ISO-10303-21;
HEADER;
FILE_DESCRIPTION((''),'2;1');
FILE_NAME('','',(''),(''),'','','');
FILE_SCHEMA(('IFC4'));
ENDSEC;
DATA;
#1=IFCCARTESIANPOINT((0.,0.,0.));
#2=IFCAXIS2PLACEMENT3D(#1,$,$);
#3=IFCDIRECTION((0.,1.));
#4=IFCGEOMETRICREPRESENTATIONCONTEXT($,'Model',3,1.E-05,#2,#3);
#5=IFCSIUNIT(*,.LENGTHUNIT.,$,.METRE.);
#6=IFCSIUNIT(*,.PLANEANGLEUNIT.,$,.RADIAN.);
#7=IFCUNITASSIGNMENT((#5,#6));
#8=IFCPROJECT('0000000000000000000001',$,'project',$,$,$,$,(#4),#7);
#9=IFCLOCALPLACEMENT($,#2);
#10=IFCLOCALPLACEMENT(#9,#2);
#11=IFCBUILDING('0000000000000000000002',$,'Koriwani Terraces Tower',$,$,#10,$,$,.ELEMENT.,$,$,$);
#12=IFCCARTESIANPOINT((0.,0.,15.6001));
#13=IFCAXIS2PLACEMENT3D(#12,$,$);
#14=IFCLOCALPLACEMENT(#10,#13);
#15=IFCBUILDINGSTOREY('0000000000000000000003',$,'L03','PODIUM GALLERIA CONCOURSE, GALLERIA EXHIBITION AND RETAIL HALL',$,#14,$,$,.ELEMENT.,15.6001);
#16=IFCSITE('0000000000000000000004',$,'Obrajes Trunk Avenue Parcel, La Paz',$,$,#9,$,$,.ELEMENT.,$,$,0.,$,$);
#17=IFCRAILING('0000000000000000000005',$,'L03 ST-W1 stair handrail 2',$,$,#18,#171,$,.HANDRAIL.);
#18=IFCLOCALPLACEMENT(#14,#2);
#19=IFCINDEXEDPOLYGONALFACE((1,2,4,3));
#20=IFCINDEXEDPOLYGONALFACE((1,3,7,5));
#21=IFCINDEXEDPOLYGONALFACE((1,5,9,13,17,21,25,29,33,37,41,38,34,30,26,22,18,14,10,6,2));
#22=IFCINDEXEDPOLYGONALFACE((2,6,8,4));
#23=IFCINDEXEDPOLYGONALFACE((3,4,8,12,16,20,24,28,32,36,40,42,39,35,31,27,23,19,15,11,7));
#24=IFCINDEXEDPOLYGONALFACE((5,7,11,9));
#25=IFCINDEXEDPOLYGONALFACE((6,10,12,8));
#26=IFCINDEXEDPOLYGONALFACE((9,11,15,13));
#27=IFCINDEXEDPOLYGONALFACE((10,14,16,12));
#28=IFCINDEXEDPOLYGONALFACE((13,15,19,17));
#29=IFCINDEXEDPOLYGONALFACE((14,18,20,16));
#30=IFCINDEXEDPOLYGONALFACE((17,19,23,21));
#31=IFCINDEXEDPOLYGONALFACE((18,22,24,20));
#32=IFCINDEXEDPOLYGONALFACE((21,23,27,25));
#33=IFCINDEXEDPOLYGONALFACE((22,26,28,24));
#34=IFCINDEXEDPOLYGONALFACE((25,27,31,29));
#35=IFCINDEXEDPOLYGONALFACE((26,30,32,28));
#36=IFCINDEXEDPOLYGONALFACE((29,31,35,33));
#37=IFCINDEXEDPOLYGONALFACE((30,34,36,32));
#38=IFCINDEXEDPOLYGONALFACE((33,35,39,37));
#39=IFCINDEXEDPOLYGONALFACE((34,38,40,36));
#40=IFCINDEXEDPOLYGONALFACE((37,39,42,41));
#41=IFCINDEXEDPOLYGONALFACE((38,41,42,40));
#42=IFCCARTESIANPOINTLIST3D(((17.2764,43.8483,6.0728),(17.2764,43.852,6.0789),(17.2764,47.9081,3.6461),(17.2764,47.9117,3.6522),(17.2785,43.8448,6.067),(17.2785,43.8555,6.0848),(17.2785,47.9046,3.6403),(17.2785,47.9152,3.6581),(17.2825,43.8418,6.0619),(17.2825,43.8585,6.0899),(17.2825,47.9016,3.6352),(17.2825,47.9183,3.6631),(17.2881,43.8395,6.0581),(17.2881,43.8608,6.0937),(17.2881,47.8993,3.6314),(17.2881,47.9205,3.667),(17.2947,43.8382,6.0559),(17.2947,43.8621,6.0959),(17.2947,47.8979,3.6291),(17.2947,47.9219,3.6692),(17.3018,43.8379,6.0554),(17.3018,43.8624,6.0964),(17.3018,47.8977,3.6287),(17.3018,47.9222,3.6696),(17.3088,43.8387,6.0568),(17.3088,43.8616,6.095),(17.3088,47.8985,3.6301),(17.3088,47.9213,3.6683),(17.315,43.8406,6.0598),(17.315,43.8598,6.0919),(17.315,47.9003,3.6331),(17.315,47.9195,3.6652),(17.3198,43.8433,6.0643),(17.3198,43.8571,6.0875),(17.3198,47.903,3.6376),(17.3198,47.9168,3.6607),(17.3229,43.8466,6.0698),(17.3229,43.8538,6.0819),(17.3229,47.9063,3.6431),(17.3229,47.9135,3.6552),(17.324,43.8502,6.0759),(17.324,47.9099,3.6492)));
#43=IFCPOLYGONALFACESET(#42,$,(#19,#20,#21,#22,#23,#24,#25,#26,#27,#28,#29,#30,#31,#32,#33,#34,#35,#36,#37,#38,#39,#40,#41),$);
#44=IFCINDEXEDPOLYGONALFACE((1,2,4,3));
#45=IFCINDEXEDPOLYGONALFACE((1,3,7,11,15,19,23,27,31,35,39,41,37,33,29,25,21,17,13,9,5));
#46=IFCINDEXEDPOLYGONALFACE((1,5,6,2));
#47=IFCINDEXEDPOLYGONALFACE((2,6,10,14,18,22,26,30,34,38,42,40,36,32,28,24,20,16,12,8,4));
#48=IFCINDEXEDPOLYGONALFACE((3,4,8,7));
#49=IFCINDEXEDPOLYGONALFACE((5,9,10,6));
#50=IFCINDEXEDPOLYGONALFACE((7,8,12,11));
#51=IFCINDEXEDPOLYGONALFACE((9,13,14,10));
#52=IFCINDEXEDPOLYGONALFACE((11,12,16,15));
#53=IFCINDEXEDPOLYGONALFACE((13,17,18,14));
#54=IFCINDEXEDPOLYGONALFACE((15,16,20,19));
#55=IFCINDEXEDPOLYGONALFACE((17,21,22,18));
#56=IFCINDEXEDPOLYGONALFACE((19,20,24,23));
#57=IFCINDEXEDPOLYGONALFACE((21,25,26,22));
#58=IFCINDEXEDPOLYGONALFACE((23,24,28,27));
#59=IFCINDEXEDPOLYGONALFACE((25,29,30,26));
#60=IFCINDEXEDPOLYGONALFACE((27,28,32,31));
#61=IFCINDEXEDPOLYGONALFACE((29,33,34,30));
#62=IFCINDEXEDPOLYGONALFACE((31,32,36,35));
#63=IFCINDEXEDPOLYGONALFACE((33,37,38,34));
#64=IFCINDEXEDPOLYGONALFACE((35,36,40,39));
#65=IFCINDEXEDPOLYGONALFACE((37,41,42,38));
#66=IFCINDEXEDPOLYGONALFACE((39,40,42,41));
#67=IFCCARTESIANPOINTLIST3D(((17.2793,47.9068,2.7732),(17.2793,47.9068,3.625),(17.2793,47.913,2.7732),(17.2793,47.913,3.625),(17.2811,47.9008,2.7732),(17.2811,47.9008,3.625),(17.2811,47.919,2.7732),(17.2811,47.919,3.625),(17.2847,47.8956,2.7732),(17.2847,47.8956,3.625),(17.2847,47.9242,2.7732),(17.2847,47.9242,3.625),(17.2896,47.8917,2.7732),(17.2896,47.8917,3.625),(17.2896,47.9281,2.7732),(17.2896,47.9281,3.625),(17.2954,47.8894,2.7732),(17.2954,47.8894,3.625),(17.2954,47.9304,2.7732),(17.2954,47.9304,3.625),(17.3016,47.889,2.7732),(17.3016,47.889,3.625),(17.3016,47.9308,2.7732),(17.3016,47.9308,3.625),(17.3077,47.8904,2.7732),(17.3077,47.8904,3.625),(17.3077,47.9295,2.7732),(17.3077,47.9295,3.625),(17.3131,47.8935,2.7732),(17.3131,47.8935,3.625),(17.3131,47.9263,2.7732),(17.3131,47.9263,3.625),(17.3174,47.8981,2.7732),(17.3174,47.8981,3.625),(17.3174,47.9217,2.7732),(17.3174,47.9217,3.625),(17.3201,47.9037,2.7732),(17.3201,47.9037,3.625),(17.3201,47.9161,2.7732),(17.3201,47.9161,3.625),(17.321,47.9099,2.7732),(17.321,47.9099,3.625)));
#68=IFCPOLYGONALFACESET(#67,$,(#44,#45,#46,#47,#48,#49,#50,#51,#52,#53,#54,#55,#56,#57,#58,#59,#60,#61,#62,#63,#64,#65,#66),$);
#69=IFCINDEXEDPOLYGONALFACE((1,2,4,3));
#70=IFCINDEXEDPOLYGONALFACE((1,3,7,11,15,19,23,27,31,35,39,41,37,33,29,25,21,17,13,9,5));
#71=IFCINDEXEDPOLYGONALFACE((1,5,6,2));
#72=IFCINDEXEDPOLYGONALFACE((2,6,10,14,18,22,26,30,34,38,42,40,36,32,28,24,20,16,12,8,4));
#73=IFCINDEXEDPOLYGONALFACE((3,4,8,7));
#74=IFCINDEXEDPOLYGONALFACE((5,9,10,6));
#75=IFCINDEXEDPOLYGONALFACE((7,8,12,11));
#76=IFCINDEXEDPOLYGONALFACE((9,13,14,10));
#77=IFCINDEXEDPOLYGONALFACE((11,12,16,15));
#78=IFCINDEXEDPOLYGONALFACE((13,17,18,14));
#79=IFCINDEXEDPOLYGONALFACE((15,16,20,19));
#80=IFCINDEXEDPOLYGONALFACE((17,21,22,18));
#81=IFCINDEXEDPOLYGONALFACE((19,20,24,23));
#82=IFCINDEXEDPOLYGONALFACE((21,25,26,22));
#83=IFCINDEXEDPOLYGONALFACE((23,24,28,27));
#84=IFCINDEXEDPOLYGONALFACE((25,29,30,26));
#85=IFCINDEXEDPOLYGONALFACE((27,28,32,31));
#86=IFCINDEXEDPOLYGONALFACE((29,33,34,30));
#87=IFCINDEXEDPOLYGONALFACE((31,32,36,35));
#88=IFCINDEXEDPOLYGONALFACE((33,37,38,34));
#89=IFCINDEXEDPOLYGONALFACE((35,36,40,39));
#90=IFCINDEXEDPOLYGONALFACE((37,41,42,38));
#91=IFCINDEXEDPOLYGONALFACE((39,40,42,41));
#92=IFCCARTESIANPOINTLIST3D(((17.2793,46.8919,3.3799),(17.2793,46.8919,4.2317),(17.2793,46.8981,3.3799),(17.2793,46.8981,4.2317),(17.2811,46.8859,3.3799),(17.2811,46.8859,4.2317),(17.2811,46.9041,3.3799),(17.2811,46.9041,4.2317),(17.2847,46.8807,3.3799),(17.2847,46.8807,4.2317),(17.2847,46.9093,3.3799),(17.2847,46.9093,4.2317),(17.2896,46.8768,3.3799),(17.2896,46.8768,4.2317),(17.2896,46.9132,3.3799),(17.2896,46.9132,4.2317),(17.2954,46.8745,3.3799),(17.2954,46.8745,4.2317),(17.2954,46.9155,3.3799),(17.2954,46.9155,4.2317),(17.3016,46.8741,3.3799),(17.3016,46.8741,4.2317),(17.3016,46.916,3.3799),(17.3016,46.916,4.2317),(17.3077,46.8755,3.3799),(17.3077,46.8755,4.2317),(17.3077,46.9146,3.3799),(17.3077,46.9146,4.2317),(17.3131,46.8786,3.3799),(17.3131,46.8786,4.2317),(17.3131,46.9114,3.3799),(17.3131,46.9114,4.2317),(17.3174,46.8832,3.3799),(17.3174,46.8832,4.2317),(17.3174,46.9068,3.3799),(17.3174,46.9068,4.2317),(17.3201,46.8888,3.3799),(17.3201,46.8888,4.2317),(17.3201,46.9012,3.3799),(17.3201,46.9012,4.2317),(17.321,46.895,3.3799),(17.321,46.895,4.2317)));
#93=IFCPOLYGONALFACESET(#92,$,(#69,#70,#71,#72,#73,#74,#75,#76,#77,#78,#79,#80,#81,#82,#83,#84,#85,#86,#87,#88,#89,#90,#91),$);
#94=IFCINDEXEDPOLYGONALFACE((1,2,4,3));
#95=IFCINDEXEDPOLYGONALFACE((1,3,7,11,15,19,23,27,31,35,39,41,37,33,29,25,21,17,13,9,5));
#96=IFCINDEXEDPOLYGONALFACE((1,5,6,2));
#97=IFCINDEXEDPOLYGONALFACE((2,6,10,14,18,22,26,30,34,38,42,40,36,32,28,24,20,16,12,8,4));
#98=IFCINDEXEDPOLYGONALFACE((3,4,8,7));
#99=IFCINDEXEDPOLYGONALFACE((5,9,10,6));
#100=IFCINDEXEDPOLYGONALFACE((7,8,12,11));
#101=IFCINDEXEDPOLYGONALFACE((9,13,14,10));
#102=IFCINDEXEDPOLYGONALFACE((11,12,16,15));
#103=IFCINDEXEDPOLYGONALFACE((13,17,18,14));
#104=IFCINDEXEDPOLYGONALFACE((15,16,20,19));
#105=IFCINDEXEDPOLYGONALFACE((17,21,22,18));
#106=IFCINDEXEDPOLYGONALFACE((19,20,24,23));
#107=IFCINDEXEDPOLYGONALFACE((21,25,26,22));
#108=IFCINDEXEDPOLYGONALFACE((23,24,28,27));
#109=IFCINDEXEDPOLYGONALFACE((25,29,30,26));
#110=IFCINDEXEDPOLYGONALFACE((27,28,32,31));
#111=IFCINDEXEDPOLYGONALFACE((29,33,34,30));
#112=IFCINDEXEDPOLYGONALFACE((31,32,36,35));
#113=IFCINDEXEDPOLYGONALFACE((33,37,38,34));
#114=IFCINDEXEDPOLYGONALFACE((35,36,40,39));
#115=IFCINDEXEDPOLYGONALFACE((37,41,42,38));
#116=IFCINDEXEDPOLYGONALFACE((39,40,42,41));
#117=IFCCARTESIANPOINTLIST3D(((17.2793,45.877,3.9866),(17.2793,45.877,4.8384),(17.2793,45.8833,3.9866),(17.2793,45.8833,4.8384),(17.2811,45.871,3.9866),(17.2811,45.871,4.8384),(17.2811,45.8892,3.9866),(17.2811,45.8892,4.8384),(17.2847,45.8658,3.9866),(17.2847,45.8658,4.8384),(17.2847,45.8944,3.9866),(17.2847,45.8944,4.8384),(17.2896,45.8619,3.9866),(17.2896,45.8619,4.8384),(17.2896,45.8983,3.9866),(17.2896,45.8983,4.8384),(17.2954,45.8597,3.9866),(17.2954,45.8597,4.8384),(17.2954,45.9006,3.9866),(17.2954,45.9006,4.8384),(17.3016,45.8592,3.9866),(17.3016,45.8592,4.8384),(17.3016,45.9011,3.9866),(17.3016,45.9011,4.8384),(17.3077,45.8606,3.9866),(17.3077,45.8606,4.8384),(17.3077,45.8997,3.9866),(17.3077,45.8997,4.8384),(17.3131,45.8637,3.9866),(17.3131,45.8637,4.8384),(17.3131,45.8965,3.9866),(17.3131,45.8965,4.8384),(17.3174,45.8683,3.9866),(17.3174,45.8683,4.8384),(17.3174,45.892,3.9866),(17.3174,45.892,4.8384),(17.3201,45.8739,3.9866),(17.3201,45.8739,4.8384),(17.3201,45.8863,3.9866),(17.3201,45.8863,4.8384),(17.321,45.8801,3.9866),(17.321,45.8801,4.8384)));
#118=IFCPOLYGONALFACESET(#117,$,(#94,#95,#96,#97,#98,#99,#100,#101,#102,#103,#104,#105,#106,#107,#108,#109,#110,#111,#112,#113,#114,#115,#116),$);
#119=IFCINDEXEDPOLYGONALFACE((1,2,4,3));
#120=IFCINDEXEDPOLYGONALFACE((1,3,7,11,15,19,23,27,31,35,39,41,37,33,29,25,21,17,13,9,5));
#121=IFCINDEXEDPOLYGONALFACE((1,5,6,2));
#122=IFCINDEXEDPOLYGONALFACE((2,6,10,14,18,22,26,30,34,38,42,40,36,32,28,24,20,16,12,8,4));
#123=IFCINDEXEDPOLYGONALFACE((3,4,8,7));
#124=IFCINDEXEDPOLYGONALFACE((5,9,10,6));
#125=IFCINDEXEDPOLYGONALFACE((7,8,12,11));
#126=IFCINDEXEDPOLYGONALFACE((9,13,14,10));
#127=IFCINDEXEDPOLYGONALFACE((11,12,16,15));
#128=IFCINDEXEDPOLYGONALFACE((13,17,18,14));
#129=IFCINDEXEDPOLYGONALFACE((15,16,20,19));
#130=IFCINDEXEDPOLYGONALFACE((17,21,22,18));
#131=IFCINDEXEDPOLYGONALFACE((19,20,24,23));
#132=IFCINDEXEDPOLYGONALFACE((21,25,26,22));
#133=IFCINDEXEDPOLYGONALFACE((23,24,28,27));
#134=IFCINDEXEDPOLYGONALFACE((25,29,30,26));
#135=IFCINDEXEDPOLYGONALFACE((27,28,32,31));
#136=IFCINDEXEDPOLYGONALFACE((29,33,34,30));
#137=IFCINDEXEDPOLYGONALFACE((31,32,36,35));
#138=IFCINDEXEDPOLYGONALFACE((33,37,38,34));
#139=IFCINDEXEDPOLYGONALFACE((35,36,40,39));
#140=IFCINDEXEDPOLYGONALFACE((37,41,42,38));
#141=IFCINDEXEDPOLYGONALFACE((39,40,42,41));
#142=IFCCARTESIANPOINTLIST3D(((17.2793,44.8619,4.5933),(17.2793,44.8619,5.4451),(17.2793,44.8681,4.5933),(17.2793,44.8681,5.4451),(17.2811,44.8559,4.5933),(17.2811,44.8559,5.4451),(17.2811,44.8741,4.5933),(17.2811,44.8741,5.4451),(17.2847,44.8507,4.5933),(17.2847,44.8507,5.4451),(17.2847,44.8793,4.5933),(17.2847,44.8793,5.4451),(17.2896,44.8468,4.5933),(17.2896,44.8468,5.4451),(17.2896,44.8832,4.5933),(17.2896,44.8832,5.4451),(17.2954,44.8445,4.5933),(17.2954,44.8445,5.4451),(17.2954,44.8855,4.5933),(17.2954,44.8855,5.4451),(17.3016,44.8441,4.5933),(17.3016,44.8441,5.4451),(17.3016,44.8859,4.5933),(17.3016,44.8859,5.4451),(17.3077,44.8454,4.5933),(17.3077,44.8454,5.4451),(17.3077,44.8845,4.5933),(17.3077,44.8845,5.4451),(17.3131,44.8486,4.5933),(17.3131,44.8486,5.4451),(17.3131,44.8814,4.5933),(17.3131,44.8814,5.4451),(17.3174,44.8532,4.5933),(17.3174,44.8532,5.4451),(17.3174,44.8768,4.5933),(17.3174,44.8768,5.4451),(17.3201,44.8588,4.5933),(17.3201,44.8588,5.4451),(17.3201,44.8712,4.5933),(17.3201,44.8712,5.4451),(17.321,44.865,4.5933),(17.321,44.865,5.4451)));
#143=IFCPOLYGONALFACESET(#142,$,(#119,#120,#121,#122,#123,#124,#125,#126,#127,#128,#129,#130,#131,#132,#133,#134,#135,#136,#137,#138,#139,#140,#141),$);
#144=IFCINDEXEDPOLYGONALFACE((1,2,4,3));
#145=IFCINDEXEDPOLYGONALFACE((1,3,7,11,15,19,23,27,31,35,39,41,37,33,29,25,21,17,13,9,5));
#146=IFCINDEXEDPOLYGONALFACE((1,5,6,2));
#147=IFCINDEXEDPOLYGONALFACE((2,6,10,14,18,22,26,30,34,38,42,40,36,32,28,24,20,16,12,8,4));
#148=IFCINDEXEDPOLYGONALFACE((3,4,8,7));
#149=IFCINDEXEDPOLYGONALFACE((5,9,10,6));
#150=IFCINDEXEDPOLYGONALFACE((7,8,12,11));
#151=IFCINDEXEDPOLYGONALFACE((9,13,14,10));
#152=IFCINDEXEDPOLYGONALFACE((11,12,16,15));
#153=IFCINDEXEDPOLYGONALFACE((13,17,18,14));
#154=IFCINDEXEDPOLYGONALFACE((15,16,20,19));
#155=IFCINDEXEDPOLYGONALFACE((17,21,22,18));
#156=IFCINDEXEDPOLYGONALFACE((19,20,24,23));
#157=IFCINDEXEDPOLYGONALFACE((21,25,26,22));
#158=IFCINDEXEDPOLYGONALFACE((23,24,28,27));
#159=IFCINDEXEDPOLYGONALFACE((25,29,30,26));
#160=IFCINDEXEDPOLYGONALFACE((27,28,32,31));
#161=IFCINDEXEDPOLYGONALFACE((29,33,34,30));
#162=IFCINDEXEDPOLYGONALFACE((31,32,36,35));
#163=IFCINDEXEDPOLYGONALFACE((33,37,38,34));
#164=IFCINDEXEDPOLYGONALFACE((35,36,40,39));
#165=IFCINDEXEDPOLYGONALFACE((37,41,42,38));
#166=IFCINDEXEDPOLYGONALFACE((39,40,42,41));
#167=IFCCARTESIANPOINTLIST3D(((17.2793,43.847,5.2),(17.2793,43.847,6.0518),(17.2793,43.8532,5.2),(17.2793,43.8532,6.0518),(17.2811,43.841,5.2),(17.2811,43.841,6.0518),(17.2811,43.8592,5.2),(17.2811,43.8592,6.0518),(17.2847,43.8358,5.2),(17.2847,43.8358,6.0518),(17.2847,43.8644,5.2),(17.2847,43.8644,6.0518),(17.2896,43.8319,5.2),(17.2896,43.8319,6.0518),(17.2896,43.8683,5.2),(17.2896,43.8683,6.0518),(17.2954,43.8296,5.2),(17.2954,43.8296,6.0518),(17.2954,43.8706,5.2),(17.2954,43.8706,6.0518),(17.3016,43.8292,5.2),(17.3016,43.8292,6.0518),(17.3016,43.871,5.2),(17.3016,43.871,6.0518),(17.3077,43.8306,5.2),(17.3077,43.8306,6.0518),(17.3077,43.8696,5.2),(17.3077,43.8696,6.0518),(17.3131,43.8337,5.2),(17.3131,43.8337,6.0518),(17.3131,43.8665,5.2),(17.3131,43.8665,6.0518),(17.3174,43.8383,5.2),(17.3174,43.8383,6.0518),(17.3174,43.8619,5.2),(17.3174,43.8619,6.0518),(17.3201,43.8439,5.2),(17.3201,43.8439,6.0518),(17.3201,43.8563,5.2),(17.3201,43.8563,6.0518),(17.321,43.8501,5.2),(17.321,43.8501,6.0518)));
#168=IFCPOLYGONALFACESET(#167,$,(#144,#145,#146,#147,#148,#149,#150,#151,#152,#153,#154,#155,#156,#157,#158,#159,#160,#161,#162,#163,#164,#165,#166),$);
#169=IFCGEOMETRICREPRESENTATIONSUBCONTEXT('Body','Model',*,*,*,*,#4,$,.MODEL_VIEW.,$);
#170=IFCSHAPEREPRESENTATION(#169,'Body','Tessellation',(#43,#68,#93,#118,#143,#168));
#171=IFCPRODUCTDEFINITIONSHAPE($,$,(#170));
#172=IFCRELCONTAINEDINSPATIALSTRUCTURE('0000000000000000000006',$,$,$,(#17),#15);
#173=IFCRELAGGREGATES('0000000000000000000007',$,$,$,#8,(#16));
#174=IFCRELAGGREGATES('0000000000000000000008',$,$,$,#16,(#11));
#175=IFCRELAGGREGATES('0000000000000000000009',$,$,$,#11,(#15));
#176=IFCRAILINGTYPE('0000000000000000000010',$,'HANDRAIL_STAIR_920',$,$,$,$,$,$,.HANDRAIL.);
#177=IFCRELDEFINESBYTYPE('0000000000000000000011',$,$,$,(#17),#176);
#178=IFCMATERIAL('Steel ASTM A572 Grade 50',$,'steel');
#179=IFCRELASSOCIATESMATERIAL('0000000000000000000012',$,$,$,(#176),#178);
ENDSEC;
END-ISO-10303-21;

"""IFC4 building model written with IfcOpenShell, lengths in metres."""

from ifc_helpers import new_model, si_unit, direction, frame, origin, origin_2d, place, context, subcontext, project, spatial, circle, extrude, material, type_object, element, save


model = new_model("IFC4")

# Units and contexts
model_context = context("Model", 3, precision=1e-05, world=origin(), true_north=direction((0.0, 1.0)))
body_context = subcontext(model_context, "Body", "Model", "MODEL_VIEW")
ifc_project = project(units=[si_unit("LENGTHUNIT", "METRE"), si_unit("PLANEANGLEUNIT", "RADIAN")], contexts=[model_context])

# Site, building, storey
site_placement = place(None, origin())
site = spatial("IfcSite", under=ifc_project, at=site_placement, Name="Obrajes Trunk Avenue Parcel, La Paz", CompositionType="ELEMENT", RefElevation=0.0)
building_placement = place(site_placement, origin())
building = spatial("IfcBuilding", under=site, at=building_placement, Name="Koriwani Terraces Tower", CompositionType="ELEMENT")
storey_placement = place(building_placement, frame((0.0, 0.0, 15.6001)))
storey = spatial("IfcBuildingStorey", under=building, at=storey_placement, Name="L03", Description="PODIUM GALLERIA CONCOURSE, GALLERIA EXHIBITION AND RETAIL HALL", CompositionType="ELEMENT", Elevation=15.6001)

# Shared definitions
ifc_material_1 = material(Name="Steel ASTM A572 Grade 50", Category="steel")

# Railing
railing_type_1 = type_object("IfcRailingType", Name="HANDRAIL_STAIR_920", PredefinedType="HANDRAIL", material=ifc_material_1)
railing_1_placement = place(storey_placement, frame((17.3, 47.9099, 2.7732)))
element("IfcRailing", 1, at=railing_1_placement, inside=storey, type_object=railing_type_1, Name="L03 ST-W1 stair handrail 2", PredefinedType="HANDRAIL", context=body_context, shape_type="SweptSolid", body=[
    extrude(circle(Radius=0.0239, at=origin_2d()), frame((0.0, 0.0, 0.876), z_axis=(0.0, -0.858343, 0.513076), x_axis=(1.0, 0.0, 0.0)), (0.0, 0.0, 1.0), 4.7297),
    extrude(circle(Radius=0.021, at=origin_2d()), origin(), (0.0, 0.0, 1.0), 0.8518),
    extrude(circle(Radius=0.021, at=origin_2d()), frame((0.0, -1.0149, 0.6067)), (0.0, 0.0, 1.0), 0.8518),
    extrude(circle(Radius=0.021, at=origin_2d()), frame((0.0, -2.0298, 1.2134)), (0.0, 0.0, 1.0), 0.8518),
    extrude(circle(Radius=0.021, at=origin_2d()), frame((0.0, -3.0449, 1.8201)), (0.0, 0.0, 1.0), 0.8518),
    extrude(circle(Radius=0.021, at=origin_2d()), frame((0.0, -4.0598, 2.4268)), (0.0, 0.0, 1.0), 0.8518),
])

save(model, "model.ifc")
